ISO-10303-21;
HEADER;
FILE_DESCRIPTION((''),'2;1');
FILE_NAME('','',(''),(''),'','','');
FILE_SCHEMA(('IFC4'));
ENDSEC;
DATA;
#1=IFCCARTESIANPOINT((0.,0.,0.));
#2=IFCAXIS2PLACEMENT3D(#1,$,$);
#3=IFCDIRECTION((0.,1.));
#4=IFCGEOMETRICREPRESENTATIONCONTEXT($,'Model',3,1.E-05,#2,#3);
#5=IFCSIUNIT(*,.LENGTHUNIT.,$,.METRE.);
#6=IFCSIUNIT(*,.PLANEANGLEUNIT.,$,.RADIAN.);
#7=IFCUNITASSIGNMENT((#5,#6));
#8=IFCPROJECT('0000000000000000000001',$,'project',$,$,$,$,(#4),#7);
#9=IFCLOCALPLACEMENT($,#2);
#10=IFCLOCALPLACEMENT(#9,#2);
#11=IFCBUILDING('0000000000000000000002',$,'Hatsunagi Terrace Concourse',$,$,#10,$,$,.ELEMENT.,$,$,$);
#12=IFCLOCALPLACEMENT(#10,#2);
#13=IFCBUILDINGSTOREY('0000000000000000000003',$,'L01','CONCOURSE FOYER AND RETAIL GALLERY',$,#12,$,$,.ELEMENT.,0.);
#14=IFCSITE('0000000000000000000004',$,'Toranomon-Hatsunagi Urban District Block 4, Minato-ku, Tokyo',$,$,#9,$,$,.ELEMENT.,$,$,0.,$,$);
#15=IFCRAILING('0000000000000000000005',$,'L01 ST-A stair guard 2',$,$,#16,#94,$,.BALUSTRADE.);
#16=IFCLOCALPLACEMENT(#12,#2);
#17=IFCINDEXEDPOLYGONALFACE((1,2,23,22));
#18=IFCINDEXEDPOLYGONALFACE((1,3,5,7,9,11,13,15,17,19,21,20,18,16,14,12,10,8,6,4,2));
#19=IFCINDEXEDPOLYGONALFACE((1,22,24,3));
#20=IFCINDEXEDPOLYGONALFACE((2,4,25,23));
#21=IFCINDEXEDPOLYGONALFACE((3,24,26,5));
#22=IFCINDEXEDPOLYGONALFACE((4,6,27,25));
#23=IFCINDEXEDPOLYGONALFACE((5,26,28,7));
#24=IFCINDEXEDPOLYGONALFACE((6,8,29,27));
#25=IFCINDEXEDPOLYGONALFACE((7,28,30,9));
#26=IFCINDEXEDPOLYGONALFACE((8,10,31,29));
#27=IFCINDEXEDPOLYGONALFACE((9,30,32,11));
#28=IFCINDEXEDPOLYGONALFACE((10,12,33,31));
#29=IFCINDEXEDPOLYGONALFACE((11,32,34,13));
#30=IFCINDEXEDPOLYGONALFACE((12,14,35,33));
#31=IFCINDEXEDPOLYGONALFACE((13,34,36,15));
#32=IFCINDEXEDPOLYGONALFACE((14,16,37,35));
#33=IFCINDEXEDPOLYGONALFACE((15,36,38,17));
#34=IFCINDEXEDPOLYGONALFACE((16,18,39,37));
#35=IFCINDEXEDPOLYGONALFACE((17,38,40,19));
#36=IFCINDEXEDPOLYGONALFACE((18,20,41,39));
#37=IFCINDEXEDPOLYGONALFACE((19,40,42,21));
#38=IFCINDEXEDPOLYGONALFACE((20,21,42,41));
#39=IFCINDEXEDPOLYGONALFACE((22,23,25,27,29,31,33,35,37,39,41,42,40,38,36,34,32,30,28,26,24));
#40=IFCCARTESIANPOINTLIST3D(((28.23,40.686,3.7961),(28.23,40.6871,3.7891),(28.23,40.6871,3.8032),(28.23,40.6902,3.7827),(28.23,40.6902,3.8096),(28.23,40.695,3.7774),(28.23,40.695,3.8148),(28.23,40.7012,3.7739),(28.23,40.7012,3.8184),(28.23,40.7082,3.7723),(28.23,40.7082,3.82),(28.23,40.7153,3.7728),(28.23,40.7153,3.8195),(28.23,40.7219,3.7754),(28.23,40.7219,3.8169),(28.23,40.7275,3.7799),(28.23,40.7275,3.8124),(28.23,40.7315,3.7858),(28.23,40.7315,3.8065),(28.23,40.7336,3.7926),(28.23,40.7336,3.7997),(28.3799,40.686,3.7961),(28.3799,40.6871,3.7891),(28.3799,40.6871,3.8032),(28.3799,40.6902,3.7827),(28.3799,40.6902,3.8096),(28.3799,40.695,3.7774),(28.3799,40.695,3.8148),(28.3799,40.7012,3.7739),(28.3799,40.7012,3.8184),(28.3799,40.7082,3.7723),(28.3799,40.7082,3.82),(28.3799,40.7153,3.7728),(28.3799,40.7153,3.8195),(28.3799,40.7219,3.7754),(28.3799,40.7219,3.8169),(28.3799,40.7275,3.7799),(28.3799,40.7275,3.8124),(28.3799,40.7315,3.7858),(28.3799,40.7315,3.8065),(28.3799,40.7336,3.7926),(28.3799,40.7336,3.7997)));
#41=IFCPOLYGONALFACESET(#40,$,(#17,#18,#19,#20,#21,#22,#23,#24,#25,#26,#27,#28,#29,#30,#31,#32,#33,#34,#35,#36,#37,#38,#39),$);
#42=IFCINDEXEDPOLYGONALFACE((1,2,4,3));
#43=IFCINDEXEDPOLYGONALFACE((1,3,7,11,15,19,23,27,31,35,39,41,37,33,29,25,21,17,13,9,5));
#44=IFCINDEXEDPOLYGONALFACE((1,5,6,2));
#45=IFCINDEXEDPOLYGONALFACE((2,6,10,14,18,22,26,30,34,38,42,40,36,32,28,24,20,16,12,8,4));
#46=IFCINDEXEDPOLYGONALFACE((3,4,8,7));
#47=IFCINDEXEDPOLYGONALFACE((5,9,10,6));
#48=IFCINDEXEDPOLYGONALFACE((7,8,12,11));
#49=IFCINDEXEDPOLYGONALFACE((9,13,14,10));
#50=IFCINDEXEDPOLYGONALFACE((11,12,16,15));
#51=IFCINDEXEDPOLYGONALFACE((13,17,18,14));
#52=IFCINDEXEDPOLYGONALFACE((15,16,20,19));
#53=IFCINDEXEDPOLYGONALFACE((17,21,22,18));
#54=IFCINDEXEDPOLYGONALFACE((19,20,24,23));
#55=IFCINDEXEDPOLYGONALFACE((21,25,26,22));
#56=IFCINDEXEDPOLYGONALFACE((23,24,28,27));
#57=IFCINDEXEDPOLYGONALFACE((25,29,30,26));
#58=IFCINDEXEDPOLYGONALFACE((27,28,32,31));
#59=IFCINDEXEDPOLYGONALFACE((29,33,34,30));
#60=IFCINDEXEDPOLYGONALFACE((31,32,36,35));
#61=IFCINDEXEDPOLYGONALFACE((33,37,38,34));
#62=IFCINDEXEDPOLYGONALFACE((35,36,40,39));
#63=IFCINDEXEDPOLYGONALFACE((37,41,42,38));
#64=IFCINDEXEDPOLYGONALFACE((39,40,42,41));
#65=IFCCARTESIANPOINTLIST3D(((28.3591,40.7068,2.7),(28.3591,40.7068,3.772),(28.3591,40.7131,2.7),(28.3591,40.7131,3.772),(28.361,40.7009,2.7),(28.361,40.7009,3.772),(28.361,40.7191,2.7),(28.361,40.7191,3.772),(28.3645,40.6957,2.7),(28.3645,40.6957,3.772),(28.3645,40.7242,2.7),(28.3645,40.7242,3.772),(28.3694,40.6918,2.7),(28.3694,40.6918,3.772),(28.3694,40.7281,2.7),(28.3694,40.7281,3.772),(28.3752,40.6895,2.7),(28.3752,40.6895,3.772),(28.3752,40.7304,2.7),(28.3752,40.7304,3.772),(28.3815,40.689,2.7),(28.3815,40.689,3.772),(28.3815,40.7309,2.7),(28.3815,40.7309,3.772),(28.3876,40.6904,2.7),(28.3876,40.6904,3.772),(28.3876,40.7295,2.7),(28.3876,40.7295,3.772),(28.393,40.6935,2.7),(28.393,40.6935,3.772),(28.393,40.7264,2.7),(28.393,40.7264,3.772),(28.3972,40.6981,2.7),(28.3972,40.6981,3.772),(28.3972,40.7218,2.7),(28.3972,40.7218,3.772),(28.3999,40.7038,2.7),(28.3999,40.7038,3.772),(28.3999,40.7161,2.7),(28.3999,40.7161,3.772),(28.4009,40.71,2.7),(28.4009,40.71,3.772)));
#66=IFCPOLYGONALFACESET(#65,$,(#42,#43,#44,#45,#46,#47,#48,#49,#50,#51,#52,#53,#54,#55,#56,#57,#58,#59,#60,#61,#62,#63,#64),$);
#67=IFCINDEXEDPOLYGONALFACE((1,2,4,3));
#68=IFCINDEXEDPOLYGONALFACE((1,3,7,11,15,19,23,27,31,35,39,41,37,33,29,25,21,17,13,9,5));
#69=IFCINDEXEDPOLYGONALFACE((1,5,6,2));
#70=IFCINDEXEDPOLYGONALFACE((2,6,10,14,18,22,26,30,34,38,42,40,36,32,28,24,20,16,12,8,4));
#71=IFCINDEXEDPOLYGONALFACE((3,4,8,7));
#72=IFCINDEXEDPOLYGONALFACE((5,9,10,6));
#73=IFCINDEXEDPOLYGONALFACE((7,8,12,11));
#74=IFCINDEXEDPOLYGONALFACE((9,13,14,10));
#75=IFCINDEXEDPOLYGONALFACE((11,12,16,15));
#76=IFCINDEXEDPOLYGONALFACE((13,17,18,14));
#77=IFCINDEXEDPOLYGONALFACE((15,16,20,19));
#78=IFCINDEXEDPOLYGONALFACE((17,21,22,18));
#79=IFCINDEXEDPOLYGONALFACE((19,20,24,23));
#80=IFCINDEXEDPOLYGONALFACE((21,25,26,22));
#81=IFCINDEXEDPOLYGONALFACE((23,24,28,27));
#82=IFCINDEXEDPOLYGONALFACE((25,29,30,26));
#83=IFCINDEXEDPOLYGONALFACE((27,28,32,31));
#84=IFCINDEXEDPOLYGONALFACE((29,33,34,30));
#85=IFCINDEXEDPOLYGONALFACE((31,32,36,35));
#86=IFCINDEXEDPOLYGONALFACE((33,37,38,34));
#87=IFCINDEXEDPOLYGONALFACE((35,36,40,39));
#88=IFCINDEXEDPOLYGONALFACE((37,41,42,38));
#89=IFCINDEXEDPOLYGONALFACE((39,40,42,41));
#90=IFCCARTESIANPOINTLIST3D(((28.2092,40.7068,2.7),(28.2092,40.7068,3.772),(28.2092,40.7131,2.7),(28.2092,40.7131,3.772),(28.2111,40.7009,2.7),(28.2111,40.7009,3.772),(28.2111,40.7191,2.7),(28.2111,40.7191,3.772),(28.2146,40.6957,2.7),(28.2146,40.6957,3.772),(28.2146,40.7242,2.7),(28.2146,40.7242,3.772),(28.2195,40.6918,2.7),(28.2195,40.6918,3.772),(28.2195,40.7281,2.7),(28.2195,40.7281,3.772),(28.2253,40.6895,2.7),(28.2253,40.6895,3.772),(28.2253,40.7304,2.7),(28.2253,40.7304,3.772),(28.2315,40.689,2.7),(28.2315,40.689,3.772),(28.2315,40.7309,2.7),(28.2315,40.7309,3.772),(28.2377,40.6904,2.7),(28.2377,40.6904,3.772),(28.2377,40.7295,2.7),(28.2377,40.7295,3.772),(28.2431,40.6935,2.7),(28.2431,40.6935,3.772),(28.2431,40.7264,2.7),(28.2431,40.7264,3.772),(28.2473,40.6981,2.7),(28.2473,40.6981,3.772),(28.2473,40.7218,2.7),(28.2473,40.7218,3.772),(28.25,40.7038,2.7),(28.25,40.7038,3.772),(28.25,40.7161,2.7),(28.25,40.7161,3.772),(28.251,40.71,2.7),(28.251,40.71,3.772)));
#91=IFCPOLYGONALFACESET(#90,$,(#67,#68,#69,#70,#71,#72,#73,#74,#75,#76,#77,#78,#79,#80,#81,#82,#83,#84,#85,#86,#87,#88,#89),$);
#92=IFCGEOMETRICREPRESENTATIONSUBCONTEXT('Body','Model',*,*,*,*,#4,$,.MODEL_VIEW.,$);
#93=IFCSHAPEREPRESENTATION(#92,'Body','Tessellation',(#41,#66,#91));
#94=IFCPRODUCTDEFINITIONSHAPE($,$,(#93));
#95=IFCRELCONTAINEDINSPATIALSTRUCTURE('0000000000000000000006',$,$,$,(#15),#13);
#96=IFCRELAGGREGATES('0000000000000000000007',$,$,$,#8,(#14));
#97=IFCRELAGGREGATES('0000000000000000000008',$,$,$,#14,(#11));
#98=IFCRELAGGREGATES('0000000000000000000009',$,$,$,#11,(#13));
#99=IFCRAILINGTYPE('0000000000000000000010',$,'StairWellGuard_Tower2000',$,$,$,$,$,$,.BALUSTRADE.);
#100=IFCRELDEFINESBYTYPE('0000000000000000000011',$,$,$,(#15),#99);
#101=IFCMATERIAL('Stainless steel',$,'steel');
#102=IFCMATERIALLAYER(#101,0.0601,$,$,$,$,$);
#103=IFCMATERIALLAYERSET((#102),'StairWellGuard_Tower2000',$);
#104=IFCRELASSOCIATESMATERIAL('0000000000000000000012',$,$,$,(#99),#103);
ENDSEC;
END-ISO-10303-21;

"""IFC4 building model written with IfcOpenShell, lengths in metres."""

from ifc_helpers import new_model, si_unit, direction, frame, origin, origin_2d, place, context, subcontext, project, spatial, circle, extrude, material, layer, layer_set, type_object, element, save


model = new_model("IFC4")

# Units and contexts
model_context = context("Model", 3, precision=1e-05, world=origin(), true_north=direction((0.0, 1.0)))
body_context = subcontext(model_context, "Body", "Model", "MODEL_VIEW")
ifc_project = project(units=[si_unit("LENGTHUNIT", "METRE"), si_unit("PLANEANGLEUNIT", "RADIAN")], contexts=[model_context])

# Site, building, storey
site_placement = place(None, origin())
site = spatial("IfcSite", under=ifc_project, at=site_placement, Name="Toranomon-Hatsunagi Urban District Block 4, Minato-ku, Tokyo", CompositionType="ELEMENT", RefElevation=0.0)
building_placement = place(site_placement, origin())
building = spatial("IfcBuilding", under=site, at=building_placement, Name="Hatsunagi Terrace Concourse", CompositionType="ELEMENT")
storey_placement = place(building_placement, origin())
storey = spatial("IfcBuildingStorey", under=building, at=storey_placement, Name="L01", Description="CONCOURSE FOYER AND RETAIL GALLERY", CompositionType="ELEMENT", Elevation=0.0)

# Railing
ifc_material_1 = material(Name="Stainless steel", Category="steel")
ifc_layer_1 = layer(ifc_material_1, 0.0601)
ifc_layer_set_1 = layer_set([ifc_layer_1], Name="StairWellGuard_Tower2000")
railing_type_1 = type_object("IfcRailingType", Name="StairWellGuard_Tower2000", PredefinedType="BALUSTRADE", material=ifc_layer_set_1)
railing_1_placement = place(storey_placement, frame((28.3799, 40.71, 2.7)))
element("IfcRailing", 1, at=railing_1_placement, inside=storey, type_object=railing_type_1, Name="L01 ST-A stair guard 2", PredefinedType="BALUSTRADE", context=body_context, shape_type="SweptSolid", body=[
    extrude(circle(Radius=0.0239, at=origin_2d()), frame((0.0, 0.0, 1.0962), z_axis=(-1.0, 0.0, 0.0), x_axis=(0.0, -1.0, 0.0)), (0.0, 0.0, 1.0), 0.1499),
    extrude(circle(Radius=0.021, at=origin_2d()), origin(), (0.0, 0.0, 1.0), 1.072),
    extrude(circle(Radius=0.021, at=origin_2d()), frame((-0.1499, 0.0, 0.0)), (0.0, 0.0, 1.0), 1.072),
])

save(model, "model.ifc")
